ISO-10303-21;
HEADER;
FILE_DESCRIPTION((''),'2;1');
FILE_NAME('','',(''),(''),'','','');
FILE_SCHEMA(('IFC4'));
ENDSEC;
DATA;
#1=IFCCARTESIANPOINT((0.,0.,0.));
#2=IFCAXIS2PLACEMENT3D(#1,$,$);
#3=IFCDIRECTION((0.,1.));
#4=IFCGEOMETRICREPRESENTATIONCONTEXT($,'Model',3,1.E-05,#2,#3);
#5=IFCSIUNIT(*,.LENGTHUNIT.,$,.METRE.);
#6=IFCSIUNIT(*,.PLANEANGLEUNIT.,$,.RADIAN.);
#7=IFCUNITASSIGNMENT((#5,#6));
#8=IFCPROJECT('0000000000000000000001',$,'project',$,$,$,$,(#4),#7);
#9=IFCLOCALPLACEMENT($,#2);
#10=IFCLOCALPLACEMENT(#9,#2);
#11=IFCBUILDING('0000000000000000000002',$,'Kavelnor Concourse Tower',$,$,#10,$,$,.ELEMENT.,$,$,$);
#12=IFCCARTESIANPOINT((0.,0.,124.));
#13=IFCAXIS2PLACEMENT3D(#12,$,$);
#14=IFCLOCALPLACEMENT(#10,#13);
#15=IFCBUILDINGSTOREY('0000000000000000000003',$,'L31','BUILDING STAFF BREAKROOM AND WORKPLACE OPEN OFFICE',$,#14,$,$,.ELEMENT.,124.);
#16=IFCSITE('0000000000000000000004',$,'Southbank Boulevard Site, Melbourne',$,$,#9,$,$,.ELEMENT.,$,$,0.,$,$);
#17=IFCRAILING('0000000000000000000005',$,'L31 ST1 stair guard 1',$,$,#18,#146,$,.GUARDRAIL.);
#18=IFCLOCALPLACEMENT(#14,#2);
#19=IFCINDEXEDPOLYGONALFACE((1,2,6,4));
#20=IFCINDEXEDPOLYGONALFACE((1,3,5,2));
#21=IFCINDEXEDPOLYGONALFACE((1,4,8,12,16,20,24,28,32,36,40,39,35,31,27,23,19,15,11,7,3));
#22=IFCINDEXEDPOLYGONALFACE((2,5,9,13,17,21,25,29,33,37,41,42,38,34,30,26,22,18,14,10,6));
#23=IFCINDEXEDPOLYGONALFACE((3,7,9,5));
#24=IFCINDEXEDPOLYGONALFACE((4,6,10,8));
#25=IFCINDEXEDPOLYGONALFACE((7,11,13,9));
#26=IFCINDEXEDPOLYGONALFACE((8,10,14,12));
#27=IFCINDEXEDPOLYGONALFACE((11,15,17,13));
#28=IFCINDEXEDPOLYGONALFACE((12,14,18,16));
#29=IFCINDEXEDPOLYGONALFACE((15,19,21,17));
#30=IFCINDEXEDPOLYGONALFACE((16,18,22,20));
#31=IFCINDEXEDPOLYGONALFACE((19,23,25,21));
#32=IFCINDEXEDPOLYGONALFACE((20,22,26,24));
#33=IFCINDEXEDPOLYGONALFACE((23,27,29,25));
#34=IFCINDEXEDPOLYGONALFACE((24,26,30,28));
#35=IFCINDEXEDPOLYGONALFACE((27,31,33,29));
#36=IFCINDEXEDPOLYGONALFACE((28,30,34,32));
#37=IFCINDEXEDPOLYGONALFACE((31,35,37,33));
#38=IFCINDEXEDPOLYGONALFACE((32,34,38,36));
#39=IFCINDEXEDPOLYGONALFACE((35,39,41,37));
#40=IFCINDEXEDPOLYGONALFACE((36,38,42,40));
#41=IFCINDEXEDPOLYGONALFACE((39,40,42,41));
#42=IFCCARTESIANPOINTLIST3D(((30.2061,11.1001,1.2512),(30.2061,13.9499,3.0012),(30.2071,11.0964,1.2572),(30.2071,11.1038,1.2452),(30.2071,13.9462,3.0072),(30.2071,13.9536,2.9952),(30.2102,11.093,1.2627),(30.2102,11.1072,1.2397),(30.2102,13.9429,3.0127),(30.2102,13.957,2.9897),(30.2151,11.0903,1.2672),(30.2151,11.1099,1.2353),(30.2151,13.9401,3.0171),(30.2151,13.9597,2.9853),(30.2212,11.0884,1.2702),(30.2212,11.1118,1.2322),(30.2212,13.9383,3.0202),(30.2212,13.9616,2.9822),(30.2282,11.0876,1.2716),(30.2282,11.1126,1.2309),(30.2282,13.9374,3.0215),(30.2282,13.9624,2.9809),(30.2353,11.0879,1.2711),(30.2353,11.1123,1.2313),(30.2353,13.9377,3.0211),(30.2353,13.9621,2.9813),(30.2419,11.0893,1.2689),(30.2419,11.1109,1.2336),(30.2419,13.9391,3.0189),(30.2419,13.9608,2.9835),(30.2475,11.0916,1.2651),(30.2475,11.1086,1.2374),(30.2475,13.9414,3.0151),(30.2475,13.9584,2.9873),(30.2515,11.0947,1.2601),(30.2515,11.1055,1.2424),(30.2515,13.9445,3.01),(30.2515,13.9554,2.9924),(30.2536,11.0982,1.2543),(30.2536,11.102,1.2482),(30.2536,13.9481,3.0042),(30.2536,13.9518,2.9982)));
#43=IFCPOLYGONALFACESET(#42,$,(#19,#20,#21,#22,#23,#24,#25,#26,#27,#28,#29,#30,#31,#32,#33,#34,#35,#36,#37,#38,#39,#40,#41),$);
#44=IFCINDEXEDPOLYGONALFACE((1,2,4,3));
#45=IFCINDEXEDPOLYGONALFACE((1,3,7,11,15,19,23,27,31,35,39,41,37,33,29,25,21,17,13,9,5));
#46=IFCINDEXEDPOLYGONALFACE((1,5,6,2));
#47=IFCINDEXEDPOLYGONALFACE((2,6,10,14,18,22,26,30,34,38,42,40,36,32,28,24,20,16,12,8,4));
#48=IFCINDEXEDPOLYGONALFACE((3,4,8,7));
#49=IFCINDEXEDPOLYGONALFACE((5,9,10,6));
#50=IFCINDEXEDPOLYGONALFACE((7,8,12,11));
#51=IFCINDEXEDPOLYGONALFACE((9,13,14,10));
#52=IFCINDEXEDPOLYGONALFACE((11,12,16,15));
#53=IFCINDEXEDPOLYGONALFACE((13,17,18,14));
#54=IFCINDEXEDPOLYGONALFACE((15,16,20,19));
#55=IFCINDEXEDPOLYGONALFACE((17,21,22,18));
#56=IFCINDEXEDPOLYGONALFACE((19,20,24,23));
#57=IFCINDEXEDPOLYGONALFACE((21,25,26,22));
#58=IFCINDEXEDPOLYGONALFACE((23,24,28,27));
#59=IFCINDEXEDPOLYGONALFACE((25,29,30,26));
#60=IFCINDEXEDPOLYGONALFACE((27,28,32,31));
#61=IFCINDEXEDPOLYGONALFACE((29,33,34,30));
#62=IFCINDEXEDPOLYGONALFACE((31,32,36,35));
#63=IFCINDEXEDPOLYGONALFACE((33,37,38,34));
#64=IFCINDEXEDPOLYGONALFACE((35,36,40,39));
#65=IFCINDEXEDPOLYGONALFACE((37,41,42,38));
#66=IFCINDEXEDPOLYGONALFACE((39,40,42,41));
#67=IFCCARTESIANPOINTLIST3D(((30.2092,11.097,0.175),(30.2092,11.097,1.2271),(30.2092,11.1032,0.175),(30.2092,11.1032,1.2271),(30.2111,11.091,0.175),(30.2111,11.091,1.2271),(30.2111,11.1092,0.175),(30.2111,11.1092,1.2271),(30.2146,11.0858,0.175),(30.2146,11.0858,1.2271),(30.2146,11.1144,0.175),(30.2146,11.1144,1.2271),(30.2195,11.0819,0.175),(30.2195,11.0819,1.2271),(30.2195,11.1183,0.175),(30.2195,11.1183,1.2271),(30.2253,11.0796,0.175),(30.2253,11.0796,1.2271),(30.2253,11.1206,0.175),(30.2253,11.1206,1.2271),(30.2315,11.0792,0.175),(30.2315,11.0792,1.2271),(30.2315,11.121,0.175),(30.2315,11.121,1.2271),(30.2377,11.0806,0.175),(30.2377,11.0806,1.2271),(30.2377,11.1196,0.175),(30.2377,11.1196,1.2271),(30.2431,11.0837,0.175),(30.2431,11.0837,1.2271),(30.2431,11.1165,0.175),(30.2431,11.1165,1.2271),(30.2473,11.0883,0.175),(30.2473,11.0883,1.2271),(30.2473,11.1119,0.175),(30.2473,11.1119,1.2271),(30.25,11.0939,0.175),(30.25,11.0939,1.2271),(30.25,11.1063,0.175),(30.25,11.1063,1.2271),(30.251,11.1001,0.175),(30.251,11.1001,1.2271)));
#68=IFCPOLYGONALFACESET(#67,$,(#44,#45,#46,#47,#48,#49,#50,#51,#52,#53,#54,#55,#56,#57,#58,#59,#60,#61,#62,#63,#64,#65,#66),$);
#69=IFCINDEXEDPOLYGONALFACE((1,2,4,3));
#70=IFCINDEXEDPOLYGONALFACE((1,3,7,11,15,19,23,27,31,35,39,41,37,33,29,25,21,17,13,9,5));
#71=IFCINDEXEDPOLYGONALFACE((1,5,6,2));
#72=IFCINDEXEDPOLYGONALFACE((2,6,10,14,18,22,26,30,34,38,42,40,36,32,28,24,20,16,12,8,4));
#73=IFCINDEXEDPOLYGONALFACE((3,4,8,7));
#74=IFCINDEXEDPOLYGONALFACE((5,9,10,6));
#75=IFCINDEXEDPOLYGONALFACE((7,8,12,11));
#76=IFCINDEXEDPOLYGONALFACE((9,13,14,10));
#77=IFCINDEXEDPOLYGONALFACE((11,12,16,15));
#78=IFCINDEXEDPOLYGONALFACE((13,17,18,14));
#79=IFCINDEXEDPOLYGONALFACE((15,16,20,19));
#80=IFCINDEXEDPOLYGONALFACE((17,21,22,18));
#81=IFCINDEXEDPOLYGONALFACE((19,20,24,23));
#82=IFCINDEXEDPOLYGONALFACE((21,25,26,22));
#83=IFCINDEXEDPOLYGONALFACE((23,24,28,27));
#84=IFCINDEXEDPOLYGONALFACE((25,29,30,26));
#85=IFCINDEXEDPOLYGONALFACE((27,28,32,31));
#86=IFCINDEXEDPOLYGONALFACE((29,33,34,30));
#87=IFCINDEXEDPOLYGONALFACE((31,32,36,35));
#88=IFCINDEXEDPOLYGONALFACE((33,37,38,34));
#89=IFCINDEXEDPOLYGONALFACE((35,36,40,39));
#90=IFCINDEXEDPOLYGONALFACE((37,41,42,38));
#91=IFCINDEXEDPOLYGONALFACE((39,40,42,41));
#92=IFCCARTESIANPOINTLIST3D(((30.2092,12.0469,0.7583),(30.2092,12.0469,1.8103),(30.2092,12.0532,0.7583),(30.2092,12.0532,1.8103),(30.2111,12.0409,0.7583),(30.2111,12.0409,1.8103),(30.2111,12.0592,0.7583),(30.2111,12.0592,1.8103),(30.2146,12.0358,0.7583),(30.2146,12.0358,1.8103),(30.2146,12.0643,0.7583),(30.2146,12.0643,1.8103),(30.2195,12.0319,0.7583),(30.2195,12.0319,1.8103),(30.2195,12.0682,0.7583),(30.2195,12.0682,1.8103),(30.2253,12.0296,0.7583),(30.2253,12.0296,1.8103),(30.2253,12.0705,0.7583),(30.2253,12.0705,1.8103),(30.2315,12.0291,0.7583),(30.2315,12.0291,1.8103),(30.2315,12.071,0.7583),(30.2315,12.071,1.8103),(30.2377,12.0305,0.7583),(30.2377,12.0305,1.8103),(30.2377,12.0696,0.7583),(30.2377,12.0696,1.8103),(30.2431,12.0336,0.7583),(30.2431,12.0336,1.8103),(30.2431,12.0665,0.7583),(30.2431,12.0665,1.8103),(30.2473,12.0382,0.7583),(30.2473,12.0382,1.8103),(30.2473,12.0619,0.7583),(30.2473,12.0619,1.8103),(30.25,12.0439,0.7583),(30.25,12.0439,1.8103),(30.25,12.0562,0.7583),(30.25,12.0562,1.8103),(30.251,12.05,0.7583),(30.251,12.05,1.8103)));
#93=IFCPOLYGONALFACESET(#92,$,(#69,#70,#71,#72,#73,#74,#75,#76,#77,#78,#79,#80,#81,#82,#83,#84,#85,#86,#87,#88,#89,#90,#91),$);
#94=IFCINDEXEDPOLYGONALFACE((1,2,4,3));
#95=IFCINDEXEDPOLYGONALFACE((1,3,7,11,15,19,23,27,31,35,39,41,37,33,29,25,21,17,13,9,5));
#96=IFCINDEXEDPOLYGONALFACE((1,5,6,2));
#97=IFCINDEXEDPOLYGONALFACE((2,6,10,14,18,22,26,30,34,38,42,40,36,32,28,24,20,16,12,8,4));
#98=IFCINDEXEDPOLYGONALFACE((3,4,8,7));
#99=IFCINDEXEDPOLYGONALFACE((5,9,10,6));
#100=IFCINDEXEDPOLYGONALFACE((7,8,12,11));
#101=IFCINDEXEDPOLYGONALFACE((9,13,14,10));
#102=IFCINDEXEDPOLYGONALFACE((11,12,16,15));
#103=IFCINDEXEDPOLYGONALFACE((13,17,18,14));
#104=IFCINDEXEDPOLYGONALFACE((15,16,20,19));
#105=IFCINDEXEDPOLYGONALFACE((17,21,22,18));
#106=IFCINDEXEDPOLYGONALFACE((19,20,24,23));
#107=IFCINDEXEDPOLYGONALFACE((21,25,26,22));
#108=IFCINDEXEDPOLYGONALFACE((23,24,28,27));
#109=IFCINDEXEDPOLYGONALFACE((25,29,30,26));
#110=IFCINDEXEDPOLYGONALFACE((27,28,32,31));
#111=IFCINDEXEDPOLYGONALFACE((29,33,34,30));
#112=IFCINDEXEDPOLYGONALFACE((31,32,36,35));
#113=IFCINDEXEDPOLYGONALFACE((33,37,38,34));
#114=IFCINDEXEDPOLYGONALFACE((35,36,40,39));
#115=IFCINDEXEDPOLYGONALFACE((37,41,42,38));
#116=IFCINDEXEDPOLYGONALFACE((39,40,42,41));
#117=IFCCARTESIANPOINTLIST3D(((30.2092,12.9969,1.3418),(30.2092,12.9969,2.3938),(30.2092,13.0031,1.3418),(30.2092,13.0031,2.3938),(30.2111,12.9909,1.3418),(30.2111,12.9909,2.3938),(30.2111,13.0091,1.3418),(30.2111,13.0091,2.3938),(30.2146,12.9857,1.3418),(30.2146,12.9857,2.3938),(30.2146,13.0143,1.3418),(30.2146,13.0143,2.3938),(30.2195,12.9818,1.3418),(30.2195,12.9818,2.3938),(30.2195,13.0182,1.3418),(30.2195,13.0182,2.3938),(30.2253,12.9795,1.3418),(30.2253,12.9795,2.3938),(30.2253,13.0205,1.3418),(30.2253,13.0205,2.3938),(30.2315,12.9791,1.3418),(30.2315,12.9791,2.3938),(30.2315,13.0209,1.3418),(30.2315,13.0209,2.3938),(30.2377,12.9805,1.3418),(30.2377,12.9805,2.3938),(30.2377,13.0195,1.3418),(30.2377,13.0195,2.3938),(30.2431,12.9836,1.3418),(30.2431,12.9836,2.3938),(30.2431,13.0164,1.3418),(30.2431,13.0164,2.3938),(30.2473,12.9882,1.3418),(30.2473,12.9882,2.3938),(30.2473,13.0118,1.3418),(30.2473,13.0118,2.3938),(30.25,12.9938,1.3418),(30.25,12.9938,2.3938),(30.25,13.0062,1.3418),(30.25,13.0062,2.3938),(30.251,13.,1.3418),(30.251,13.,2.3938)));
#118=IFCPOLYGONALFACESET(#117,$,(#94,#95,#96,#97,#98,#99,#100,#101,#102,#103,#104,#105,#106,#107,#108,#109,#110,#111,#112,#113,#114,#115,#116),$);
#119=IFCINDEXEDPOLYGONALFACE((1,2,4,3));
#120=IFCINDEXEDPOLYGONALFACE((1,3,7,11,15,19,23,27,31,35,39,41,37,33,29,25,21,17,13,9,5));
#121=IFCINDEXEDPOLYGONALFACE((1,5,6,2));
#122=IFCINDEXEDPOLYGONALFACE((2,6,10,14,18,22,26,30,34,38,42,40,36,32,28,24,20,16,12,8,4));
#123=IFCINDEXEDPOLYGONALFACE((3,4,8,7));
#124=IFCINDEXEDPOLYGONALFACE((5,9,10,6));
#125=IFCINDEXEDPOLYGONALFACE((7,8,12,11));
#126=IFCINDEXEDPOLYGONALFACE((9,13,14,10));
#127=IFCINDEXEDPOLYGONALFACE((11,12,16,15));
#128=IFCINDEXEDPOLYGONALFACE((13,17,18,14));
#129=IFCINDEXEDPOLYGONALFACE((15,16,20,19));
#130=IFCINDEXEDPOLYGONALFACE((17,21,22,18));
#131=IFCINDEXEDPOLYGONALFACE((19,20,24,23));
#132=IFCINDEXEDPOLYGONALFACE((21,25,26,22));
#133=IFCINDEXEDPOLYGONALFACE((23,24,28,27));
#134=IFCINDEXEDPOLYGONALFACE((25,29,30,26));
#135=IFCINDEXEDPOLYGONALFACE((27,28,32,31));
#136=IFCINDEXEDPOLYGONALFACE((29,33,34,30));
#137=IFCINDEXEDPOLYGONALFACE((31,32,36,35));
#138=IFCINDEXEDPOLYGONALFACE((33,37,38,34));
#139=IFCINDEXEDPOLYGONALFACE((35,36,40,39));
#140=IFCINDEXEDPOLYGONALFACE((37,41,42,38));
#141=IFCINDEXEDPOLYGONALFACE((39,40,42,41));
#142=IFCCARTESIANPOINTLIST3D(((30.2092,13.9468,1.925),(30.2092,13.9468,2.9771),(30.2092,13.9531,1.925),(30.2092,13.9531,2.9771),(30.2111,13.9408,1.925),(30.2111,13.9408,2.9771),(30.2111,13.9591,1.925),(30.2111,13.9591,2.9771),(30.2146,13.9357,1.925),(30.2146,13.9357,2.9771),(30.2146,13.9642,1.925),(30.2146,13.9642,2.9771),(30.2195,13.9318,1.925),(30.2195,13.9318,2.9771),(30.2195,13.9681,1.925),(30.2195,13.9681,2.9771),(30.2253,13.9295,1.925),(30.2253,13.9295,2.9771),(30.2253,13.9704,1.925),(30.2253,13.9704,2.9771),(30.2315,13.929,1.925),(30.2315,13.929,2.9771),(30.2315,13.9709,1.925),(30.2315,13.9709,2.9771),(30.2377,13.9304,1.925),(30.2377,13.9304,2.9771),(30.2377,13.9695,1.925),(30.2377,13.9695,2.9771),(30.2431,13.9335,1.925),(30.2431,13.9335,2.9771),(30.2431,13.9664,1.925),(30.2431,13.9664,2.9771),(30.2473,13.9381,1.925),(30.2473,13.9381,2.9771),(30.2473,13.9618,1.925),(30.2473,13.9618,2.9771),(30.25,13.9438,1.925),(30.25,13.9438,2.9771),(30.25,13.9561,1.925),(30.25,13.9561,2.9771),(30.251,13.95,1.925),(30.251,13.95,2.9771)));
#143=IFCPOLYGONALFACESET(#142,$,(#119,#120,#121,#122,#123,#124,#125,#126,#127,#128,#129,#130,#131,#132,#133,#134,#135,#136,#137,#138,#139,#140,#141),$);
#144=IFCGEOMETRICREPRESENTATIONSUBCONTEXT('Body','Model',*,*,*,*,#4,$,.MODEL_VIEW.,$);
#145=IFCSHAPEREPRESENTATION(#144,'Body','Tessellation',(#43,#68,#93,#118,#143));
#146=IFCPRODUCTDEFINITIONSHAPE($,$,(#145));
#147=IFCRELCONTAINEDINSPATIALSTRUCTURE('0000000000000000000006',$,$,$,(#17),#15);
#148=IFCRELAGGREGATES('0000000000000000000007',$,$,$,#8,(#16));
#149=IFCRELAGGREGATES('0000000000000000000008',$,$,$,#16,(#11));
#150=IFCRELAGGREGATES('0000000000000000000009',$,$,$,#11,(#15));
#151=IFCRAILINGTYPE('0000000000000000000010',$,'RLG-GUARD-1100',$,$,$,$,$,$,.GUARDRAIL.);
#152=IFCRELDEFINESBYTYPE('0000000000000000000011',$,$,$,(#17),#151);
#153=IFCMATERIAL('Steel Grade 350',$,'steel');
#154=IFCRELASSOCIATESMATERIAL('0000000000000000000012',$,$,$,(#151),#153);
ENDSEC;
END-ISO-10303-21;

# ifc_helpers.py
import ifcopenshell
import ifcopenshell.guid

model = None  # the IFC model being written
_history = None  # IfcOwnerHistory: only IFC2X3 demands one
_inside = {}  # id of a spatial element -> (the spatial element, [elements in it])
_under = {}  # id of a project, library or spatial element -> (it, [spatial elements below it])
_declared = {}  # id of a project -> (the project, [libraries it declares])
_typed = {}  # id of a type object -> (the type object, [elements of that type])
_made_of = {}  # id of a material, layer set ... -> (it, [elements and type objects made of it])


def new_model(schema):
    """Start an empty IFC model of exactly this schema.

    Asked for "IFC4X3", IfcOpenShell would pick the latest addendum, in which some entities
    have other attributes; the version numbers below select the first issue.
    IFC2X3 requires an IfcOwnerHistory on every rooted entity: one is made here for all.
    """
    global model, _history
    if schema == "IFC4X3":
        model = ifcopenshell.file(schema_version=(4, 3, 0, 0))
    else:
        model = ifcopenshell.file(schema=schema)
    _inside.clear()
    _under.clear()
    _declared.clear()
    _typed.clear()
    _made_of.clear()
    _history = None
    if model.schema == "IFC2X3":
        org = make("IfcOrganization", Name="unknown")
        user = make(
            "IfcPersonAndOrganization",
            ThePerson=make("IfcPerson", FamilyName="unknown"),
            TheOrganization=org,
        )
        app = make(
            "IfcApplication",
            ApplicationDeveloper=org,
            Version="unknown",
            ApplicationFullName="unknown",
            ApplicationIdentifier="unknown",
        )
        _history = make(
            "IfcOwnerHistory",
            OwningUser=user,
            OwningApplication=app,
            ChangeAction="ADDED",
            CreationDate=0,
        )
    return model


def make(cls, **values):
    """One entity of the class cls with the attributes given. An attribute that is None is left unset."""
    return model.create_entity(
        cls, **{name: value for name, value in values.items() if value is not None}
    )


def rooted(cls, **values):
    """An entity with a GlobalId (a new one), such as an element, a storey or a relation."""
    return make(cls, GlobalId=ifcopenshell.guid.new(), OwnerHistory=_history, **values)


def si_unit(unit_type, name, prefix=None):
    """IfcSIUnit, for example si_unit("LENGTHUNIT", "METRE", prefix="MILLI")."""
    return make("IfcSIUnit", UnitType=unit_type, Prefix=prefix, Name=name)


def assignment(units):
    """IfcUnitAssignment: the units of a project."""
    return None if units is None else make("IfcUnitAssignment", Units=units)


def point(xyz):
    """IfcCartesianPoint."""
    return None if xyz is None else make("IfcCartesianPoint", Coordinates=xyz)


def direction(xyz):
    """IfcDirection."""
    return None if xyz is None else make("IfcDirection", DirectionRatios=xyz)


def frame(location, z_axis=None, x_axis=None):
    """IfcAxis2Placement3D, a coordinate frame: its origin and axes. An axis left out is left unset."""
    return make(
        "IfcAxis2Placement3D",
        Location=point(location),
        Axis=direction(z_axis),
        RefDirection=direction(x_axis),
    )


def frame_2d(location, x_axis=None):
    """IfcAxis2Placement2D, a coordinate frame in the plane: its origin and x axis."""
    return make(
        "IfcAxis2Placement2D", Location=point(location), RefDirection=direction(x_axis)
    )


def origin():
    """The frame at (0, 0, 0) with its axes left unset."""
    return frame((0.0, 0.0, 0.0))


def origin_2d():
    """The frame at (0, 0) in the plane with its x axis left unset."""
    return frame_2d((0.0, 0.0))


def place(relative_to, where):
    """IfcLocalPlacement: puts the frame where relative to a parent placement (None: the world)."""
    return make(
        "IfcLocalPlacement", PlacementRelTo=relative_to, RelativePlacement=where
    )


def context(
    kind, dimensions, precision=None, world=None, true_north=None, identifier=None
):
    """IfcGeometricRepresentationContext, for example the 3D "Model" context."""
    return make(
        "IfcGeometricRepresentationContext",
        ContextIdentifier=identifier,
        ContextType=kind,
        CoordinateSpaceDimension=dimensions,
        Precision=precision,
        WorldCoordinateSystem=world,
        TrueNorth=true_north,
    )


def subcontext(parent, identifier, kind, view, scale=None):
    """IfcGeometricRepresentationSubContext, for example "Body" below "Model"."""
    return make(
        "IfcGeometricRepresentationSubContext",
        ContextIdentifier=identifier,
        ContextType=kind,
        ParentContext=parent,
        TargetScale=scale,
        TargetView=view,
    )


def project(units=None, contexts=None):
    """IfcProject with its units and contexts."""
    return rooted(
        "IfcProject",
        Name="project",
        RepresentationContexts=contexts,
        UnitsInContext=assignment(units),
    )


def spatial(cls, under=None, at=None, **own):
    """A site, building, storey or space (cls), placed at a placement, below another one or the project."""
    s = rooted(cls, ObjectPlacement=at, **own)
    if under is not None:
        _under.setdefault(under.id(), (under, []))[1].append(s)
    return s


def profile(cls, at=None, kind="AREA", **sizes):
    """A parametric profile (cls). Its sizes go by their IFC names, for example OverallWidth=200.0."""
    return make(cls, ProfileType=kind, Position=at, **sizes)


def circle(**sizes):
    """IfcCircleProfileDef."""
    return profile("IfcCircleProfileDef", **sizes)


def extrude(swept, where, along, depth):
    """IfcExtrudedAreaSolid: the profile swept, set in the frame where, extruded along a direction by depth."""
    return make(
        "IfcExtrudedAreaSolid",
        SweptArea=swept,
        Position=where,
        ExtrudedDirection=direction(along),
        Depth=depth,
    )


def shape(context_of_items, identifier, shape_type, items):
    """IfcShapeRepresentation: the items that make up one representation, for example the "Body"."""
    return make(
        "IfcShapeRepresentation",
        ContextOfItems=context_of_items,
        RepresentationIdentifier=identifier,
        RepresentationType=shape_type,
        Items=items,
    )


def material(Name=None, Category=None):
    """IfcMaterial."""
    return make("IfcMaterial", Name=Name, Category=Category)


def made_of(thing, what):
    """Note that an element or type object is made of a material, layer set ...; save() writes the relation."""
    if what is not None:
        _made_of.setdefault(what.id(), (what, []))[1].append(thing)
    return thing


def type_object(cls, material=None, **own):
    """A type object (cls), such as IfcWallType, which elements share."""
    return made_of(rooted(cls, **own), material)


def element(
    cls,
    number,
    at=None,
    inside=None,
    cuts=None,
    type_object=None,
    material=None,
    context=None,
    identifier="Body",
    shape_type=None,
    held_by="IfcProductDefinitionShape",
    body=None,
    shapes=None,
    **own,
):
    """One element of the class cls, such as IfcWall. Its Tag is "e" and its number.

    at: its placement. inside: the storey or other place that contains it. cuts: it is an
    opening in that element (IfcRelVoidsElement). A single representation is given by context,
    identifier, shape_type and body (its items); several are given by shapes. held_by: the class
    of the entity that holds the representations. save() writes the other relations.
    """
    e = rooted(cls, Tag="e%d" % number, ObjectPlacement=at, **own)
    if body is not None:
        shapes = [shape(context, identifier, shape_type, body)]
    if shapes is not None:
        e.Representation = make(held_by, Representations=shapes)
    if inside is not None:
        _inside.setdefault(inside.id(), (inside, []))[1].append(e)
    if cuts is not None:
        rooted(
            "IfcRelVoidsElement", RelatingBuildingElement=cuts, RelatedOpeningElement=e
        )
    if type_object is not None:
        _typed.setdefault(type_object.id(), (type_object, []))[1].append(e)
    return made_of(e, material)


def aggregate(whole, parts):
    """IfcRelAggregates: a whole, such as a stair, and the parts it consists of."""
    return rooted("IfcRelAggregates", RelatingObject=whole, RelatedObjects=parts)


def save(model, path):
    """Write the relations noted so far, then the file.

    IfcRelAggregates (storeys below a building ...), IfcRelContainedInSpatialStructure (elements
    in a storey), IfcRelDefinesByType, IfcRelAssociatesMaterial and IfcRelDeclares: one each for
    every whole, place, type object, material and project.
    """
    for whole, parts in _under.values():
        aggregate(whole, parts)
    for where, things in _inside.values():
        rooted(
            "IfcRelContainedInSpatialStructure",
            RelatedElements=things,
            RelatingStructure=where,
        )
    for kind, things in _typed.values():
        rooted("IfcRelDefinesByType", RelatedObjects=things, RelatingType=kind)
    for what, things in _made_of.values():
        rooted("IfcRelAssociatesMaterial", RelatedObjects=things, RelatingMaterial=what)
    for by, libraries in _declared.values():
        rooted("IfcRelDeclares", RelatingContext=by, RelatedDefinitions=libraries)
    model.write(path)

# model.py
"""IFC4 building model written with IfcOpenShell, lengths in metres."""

from ifc_helpers import new_model, si_unit, direction, frame, origin, origin_2d, place, context, subcontext, project, spatial, circle, extrude, material, type_object, element, save


model = new_model("IFC4")

# Units and contexts
model_context = context("Model", 3, precision=1e-05, world=origin(), true_north=direction((0.0, 1.0)))
body_context = subcontext(model_context, "Body", "Model", "MODEL_VIEW")
ifc_project = project(units=[si_unit("LENGTHUNIT", "METRE"), si_unit("PLANEANGLEUNIT", "RADIAN")], contexts=[model_context])

# Site, building, storey
site_placement = place(None, origin())
site = spatial("IfcSite", under=ifc_project, at=site_placement, Name="Southbank Boulevard Site, Melbourne", CompositionType="ELEMENT", RefElevation=0.0)
building_placement = place(site_placement, origin())
building = spatial("IfcBuilding", under=site, at=building_placement, Name="Kavelnor Concourse Tower", CompositionType="ELEMENT")
storey_placement = place(building_placement, frame((0.0, 0.0, 124.0)))
storey = spatial("IfcBuildingStorey", under=building, at=storey_placement, Name="L31", Description="BUILDING STAFF BREAKROOM AND WORKPLACE OPEN OFFICE", CompositionType="ELEMENT", Elevation=124.0)

# Shared definitions
ifc_material_1 = material(Name="Steel Grade 350", Category="steel")

# Railing
railing_type_1 = type_object("IfcRailingType", Name="RLG-GUARD-1100", PredefinedType="GUARDRAIL", material=ifc_material_1)
railing_1_placement = place(storey_placement, frame((30.23, 11.1001, 0.175)))
element("IfcRailing", 1, at=railing_1_placement, inside=storey, type_object=railing_type_1, Name="L31 ST1 stair guard 1", PredefinedType="GUARDRAIL", context=body_context, shape_type="SweptSolid", body=[
    extrude(circle(Radius=0.0239, at=origin_2d()), frame((0.0, 0.0, 1.0762), z_axis=(0.0, 0.852159, 0.523283), x_axis=(-1.0, 0.0, 0.0)), (0.0, 0.0, 1.0), 3.3442),
    extrude(circle(Radius=0.021, at=origin_2d()), origin(), (0.0, 0.0, 1.0), 1.052),
    extrude(circle(Radius=0.021, at=origin_2d()), frame((0.0, 0.95, 0.5833)), (0.0, 0.0, 1.0), 1.052),
    extrude(circle(Radius=0.021, at=origin_2d()), frame((0.0, 1.8999, 1.1667)), (0.0, 0.0, 1.0), 1.052),
    extrude(circle(Radius=0.021, at=origin_2d()), frame((0.0, 2.8499, 1.75)), (0.0, 0.0, 1.0), 1.052),
])

save(model, "model.ifc")
